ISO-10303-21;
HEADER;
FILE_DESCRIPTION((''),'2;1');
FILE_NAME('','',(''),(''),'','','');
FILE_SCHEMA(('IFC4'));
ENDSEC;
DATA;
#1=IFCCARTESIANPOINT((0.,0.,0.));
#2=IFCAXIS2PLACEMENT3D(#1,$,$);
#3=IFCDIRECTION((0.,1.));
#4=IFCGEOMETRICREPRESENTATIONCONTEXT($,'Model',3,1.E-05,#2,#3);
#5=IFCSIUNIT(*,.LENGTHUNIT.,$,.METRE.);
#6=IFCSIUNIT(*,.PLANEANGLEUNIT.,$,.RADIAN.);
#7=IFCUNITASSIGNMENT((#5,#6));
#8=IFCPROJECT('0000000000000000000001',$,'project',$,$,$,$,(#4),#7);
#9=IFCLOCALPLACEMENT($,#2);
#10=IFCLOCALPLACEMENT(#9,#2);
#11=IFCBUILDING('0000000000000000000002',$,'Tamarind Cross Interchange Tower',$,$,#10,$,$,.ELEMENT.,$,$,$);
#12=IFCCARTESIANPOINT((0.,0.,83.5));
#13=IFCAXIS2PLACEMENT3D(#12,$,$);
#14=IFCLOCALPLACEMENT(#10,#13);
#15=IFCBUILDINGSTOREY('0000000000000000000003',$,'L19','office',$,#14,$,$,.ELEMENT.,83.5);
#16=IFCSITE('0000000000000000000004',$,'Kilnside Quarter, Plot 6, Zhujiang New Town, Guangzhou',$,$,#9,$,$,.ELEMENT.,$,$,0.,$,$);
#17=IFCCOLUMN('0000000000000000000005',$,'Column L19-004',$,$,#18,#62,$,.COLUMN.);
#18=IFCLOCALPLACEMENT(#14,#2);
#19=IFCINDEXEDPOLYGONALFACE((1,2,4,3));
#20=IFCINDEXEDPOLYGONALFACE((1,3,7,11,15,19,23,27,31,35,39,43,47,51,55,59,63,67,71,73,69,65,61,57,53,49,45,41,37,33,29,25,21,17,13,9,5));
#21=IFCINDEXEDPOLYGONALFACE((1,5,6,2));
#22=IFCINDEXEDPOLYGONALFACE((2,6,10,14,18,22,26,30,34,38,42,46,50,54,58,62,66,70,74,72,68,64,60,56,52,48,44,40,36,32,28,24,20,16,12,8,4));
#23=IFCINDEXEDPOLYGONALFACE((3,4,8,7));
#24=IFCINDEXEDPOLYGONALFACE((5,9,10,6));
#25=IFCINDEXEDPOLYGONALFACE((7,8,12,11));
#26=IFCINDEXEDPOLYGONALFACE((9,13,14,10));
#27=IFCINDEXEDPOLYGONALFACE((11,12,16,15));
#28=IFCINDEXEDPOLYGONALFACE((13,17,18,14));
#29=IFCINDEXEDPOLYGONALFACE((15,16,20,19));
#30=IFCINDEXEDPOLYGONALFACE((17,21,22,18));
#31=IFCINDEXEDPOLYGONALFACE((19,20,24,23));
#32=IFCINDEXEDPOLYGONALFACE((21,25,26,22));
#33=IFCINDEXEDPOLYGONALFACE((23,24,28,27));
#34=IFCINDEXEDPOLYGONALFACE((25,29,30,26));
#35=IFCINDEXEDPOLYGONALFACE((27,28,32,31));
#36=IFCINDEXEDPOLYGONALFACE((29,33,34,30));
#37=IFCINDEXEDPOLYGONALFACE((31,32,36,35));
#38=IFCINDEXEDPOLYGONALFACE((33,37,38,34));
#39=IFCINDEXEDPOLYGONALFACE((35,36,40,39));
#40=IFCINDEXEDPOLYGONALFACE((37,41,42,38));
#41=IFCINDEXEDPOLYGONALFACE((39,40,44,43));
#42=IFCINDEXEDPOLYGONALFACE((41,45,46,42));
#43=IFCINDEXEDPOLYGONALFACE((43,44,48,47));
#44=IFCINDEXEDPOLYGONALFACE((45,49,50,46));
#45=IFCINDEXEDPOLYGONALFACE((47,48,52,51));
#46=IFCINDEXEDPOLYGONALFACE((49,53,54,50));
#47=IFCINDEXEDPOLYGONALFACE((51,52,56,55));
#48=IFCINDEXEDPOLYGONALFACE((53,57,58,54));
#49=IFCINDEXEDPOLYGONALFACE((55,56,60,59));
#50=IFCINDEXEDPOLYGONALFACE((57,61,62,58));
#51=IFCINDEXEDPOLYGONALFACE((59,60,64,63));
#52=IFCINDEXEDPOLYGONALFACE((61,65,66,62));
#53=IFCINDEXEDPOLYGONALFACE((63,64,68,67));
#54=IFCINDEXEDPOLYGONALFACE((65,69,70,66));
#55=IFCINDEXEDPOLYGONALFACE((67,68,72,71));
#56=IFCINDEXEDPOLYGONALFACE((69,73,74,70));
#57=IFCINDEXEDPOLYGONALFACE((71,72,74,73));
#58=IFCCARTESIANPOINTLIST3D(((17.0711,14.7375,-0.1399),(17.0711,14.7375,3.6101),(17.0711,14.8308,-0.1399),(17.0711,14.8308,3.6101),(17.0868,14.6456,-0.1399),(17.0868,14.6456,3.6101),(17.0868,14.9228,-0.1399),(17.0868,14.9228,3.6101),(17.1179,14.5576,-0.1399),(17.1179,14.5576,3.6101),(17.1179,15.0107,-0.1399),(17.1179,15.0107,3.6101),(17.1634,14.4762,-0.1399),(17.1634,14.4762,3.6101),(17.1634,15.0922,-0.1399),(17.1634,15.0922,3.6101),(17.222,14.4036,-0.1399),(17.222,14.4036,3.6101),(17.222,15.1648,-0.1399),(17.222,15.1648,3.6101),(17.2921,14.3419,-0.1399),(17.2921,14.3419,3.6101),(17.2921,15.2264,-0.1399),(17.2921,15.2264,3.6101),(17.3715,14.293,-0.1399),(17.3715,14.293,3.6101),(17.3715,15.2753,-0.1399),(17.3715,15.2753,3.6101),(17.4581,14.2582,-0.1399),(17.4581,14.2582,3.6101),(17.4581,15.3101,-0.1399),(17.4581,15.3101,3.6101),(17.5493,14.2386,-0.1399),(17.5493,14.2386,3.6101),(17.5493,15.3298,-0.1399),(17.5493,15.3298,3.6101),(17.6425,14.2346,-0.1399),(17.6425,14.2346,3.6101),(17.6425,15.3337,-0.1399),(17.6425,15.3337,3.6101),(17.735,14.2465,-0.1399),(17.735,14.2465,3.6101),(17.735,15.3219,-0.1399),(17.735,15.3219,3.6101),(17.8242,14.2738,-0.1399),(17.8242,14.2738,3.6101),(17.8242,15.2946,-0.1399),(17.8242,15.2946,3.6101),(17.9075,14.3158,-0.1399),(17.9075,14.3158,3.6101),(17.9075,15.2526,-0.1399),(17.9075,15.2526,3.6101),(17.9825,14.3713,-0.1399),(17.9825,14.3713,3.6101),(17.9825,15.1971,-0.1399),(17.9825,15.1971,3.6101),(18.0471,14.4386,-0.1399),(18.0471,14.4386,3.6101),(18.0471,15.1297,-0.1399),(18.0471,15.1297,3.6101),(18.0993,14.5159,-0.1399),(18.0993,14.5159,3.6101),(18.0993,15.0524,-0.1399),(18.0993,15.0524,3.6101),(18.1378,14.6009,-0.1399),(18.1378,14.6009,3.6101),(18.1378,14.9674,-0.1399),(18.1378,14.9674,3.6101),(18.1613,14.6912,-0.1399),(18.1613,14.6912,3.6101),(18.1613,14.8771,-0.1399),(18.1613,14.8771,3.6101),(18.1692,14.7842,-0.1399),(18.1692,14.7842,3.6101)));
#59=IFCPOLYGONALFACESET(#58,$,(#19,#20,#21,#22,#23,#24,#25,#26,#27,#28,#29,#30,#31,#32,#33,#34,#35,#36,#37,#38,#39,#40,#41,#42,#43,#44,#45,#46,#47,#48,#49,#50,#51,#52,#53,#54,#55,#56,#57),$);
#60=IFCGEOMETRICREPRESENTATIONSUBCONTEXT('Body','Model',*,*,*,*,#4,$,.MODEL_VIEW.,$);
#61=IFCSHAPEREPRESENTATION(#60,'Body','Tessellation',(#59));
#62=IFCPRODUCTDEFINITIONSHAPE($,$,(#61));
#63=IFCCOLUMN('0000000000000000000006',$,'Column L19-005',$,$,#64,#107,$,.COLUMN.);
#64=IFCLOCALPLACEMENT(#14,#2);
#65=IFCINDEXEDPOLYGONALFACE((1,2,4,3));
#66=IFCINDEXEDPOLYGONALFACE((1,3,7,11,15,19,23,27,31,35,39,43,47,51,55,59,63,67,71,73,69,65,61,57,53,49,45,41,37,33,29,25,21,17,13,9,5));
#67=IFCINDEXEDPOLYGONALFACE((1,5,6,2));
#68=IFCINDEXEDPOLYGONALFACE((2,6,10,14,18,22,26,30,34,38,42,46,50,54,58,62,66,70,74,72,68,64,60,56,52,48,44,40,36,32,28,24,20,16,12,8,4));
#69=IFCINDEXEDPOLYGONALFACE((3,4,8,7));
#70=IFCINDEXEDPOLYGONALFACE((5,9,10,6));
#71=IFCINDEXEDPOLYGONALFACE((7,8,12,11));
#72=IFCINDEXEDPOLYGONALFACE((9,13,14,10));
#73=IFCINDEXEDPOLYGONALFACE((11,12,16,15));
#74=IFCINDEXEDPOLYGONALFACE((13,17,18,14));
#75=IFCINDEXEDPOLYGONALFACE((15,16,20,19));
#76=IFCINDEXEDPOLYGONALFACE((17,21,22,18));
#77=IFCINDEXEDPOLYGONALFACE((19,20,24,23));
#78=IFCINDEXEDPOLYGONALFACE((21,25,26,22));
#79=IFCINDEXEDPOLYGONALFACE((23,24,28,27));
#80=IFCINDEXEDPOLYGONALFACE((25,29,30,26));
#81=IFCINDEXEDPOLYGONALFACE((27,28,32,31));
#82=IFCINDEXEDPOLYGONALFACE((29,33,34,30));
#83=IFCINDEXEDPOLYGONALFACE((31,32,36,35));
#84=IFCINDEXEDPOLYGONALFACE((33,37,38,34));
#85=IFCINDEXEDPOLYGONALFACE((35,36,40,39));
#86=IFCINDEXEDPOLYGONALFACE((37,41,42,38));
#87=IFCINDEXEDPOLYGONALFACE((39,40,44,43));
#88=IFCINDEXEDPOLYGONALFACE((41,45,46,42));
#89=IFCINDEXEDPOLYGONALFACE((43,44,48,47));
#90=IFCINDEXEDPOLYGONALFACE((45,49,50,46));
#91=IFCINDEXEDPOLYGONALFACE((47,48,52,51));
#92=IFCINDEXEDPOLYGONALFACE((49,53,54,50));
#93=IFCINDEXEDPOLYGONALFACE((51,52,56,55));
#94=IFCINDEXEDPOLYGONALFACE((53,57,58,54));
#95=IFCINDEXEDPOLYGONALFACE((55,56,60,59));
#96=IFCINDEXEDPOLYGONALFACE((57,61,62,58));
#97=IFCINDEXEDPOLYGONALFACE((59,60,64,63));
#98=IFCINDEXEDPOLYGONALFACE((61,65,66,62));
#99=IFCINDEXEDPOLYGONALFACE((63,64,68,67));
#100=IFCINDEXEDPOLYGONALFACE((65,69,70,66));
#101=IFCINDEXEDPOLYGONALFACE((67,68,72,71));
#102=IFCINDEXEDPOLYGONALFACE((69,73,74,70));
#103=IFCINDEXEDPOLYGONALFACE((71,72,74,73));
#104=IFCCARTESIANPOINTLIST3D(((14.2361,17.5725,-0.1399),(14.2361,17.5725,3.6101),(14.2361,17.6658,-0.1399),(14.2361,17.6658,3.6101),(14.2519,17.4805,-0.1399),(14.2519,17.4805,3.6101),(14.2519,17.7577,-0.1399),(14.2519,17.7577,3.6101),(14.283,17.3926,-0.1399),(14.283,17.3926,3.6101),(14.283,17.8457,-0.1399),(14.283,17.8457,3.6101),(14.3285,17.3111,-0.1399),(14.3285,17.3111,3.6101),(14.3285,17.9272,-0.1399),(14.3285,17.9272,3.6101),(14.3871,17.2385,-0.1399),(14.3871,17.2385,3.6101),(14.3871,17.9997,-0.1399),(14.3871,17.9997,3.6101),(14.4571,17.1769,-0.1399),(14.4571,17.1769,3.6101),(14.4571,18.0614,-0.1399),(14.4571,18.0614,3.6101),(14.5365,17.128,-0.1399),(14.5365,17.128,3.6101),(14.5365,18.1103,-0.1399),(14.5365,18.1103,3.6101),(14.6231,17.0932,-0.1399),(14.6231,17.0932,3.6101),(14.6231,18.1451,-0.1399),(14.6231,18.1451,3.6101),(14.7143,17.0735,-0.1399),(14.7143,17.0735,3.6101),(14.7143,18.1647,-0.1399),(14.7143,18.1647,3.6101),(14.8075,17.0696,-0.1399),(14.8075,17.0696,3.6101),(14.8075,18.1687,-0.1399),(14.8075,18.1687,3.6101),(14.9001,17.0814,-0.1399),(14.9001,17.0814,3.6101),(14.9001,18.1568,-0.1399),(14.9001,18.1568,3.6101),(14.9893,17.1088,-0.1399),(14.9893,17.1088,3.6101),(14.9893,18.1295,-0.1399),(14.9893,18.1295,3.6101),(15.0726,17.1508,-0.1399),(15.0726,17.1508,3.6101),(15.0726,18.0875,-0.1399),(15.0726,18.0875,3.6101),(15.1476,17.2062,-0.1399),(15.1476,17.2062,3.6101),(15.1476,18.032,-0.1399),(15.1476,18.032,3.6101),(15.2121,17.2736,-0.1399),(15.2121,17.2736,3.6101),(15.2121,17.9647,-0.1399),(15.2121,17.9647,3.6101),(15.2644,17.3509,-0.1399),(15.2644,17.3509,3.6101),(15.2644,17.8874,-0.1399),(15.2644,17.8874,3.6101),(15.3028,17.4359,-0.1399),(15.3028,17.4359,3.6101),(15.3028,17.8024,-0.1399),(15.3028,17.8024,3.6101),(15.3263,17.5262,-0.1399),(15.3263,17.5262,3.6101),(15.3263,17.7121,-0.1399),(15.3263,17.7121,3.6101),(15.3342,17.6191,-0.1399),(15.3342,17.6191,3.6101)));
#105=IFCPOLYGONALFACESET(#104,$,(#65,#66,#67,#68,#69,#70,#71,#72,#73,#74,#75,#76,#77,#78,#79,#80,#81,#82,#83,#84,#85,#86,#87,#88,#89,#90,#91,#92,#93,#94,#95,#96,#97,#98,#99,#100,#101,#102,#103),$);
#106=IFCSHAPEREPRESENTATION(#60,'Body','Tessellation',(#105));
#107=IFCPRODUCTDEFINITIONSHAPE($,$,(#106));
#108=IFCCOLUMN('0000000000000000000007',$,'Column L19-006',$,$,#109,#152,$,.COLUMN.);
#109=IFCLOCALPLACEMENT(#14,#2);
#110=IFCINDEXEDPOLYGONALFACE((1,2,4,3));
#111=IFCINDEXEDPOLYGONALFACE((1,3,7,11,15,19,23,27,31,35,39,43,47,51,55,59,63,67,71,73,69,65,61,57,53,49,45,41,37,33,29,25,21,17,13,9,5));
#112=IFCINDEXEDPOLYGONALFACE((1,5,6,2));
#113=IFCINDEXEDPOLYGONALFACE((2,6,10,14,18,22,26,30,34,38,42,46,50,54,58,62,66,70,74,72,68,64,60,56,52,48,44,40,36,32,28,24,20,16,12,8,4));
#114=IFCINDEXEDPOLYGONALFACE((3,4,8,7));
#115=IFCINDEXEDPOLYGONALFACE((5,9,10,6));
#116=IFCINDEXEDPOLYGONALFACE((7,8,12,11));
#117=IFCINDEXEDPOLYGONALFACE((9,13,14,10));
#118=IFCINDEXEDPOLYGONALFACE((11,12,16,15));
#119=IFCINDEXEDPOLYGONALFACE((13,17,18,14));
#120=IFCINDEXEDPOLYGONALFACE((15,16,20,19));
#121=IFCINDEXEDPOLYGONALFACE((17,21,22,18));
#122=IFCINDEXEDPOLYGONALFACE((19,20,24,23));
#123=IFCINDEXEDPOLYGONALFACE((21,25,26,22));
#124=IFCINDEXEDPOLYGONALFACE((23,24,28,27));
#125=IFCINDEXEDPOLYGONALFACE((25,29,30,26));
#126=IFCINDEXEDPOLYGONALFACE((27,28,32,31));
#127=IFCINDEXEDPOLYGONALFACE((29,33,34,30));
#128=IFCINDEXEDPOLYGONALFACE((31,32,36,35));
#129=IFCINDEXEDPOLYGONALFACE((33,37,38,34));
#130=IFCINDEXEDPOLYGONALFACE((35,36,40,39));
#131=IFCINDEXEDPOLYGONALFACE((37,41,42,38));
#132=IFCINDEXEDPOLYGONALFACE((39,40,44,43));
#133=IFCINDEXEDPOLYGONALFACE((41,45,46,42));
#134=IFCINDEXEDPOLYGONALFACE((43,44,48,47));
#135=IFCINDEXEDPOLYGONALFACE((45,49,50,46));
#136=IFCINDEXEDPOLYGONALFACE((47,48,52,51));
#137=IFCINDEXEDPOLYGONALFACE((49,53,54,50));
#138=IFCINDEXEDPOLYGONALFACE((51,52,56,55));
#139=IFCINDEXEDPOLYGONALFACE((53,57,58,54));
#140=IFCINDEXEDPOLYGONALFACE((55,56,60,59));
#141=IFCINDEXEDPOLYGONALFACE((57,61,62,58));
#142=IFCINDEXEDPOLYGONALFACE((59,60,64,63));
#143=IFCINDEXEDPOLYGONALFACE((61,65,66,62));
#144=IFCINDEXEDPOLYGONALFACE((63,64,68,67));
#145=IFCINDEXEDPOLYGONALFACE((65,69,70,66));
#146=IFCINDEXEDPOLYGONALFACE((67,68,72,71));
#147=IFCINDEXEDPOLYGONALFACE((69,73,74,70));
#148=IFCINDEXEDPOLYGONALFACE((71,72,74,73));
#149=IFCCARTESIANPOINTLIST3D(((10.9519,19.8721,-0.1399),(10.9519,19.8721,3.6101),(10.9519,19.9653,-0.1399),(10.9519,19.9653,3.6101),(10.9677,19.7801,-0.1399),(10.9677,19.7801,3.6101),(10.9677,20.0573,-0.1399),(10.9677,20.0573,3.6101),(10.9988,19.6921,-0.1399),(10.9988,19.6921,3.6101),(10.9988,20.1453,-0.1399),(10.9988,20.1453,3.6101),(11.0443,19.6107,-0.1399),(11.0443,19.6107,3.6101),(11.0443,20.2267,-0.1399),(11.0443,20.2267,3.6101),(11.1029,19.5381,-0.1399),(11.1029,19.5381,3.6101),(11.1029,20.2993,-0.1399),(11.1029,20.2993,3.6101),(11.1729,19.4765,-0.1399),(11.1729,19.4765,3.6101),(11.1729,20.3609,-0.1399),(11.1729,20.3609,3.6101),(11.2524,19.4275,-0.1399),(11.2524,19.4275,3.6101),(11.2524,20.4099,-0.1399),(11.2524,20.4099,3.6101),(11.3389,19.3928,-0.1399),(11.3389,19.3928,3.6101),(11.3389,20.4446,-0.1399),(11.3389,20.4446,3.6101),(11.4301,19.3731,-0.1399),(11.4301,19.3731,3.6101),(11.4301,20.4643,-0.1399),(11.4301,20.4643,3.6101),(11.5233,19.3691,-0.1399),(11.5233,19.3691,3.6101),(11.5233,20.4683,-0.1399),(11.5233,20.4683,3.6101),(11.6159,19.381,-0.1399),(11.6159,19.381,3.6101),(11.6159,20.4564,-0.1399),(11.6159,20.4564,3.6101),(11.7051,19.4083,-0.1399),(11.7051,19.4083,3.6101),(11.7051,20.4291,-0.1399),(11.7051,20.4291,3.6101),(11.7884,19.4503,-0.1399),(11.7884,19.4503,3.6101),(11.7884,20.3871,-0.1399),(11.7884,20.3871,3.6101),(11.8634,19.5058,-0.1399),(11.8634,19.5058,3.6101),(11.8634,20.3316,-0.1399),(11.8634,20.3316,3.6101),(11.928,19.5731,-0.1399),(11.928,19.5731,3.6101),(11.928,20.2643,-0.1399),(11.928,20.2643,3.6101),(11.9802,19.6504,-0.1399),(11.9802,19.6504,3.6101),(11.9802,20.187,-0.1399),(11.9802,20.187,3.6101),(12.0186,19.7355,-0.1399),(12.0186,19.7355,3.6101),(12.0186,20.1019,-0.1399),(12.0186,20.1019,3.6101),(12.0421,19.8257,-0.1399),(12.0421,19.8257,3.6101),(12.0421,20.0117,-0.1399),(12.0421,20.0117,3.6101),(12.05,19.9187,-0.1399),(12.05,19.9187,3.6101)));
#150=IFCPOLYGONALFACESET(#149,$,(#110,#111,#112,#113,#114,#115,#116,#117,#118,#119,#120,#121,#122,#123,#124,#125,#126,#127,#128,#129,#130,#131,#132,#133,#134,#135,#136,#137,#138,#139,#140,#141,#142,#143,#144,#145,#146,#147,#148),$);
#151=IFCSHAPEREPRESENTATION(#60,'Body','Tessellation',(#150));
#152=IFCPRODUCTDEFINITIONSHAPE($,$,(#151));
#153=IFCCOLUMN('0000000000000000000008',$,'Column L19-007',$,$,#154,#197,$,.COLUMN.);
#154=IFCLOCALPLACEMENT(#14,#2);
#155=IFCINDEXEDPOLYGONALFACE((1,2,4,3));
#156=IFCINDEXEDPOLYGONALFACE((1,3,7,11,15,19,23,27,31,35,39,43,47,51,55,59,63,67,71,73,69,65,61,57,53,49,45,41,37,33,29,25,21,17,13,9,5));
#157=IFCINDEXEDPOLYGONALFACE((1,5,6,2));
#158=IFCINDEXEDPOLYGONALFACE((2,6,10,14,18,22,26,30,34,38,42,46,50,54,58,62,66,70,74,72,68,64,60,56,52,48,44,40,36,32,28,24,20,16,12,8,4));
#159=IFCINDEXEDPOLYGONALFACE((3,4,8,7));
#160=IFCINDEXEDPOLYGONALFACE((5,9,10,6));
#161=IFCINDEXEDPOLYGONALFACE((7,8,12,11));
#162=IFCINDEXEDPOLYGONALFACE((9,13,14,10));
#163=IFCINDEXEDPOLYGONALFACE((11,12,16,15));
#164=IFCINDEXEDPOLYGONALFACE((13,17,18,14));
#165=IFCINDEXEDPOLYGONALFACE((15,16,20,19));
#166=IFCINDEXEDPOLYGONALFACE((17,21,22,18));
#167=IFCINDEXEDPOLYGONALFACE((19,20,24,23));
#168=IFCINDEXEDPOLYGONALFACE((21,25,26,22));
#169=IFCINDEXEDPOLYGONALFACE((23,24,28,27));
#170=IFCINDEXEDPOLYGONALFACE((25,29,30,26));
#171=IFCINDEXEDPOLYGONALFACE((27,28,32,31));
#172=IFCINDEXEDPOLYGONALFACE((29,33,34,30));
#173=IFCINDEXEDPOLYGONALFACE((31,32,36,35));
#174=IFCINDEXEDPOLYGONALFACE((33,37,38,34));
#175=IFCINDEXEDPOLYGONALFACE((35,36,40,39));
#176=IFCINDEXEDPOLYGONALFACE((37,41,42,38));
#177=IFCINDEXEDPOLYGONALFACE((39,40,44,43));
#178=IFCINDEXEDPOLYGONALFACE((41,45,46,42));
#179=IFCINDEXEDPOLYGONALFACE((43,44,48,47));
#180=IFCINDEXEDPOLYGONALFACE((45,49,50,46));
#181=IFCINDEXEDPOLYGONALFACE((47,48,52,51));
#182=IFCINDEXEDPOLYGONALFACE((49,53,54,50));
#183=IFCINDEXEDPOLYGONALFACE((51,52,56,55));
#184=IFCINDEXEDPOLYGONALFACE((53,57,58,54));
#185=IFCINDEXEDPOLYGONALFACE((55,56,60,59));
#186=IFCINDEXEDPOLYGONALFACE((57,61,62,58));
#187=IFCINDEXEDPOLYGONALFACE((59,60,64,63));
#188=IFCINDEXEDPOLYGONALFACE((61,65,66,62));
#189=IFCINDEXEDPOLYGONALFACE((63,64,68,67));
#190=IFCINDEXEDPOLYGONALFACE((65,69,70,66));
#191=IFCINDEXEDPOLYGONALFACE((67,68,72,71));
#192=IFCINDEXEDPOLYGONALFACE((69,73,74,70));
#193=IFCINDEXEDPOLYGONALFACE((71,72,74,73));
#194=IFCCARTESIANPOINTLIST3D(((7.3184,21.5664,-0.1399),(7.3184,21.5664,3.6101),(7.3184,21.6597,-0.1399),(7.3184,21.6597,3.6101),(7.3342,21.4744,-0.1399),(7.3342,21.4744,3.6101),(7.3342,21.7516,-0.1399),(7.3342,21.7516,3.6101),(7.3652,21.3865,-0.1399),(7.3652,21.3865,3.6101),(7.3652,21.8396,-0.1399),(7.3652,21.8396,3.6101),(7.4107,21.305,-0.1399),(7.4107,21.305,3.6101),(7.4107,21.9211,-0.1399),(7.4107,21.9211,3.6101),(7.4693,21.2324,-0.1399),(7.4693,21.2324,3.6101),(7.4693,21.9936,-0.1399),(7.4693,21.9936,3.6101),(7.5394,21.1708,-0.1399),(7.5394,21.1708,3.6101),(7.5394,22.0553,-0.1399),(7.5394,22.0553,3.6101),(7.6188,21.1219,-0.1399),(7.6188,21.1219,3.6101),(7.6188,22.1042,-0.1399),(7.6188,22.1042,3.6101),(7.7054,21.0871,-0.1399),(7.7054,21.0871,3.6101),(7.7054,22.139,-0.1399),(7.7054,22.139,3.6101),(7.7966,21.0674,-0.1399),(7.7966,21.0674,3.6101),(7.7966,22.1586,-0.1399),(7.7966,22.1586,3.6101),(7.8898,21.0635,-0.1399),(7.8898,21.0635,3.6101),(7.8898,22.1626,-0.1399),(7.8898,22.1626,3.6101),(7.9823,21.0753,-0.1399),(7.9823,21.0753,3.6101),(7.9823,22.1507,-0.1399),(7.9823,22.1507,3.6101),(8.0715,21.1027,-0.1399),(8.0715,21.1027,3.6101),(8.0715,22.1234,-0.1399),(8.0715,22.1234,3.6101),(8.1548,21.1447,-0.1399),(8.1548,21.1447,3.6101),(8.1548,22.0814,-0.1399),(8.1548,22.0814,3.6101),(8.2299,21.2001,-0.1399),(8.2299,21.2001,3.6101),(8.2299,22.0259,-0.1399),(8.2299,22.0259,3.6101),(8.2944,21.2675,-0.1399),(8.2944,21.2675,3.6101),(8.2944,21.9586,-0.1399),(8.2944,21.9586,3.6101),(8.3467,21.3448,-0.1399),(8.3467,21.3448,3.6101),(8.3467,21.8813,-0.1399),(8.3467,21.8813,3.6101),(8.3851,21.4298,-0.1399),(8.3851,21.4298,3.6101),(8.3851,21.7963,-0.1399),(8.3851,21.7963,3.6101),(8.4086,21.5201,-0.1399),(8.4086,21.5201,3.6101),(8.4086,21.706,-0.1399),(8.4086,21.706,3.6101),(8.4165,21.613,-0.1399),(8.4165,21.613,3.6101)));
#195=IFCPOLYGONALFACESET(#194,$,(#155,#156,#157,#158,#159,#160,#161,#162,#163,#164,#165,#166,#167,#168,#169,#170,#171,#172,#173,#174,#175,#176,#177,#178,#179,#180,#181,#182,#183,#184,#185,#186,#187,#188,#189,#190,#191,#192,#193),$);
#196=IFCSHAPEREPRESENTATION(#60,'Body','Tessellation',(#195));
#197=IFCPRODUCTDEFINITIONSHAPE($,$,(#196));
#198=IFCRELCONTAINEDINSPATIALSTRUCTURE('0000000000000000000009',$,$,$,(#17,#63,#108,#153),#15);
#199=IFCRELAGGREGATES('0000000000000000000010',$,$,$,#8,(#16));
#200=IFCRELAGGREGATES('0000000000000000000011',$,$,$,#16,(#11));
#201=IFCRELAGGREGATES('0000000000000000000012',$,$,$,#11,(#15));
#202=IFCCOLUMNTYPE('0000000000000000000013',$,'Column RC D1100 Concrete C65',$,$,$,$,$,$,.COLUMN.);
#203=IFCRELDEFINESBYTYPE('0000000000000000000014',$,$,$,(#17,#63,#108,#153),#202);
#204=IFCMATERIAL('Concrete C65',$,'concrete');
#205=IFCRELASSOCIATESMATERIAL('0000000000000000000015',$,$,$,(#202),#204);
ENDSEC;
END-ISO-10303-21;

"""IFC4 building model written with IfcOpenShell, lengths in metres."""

from ifc_helpers import new_model, si_unit, direction, frame, origin, origin_2d, place, context, subcontext, project, spatial, circle, extrude, material, material_profile, profile_set, type_object, element, save


model = new_model("IFC4")

# Units and contexts
model_context = context("Model", 3, precision=1e-05, world=origin(), true_north=direction((0.0, 1.0)))
body_context = subcontext(model_context, "Body", "Model", "MODEL_VIEW")
ifc_project = project(units=[si_unit("LENGTHUNIT", "METRE"), si_unit("PLANEANGLEUNIT", "RADIAN")], contexts=[model_context])

# Site, building, storey
site_placement = place(None, origin())
site = spatial("IfcSite", under=ifc_project, at=site_placement, Name="Kilnside Quarter, Plot 6, Zhujiang New Town, Guangzhou", CompositionType="ELEMENT", RefElevation=0.0)
building_placement = place(site_placement, origin())
building = spatial("IfcBuilding", under=site, at=building_placement, Name="Tamarind Cross Interchange Tower", CompositionType="ELEMENT")
storey_placement = place(building_placement, frame((0.0, 0.0, 83.5)))
storey = spatial("IfcBuildingStorey", under=building, at=storey_placement, Name="L19", Description="office", CompositionType="ELEMENT", Elevation=83.5)

# Columns
ifc_material_1 = material(Name="Concrete C65", Category="concrete")
ifc_material_profile_1 = material_profile(ifc_material_1, circle(Radius=0.55, at=origin_2d()), Name="RC D1100")
ifc_profile_set_1 = profile_set([ifc_material_profile_1], Name="Concrete C65")
column_type = type_object("IfcColumnType", Name="Column RC D1100 Concrete C65", PredefinedType="COLUMN", material=ifc_profile_set_1)
for number, where, z_axis, x_axis, name in (
    (1, (17.6191, 14.7842, -0.1399), (0.0, 0.0, 1.0), (1.0, 0.0, 0.0), "Column L19-004"),
    (2, (14.7842, 17.6191, -0.1399), (0.0, 0.0, 1.0), (1.0, 0.0, 0.0), "Column L19-005"),
    (3, (11.5, 19.9187, -0.1399), (0.0, 0.0, 1.0), (1.0, 0.0, 0.0), "Column L19-006"),
    (4, (7.8665, 21.613, -0.1399), (0.0, 0.0, 1.0), (1.0, 0.0, 0.0), "Column L19-007"),
):
    element("IfcColumn", number, at=place(storey_placement, frame(where, z_axis=z_axis, x_axis=x_axis)), inside=storey, type_object=column_type, Name=name, PredefinedType="COLUMN", context=body_context, shape_type="SweptSolid", body=[
        extrude(circle(Radius=0.55, at=origin_2d()), origin(), (0.0, 0.0, 1.0), 3.75),
    ])

save(model, "model.ifc")
